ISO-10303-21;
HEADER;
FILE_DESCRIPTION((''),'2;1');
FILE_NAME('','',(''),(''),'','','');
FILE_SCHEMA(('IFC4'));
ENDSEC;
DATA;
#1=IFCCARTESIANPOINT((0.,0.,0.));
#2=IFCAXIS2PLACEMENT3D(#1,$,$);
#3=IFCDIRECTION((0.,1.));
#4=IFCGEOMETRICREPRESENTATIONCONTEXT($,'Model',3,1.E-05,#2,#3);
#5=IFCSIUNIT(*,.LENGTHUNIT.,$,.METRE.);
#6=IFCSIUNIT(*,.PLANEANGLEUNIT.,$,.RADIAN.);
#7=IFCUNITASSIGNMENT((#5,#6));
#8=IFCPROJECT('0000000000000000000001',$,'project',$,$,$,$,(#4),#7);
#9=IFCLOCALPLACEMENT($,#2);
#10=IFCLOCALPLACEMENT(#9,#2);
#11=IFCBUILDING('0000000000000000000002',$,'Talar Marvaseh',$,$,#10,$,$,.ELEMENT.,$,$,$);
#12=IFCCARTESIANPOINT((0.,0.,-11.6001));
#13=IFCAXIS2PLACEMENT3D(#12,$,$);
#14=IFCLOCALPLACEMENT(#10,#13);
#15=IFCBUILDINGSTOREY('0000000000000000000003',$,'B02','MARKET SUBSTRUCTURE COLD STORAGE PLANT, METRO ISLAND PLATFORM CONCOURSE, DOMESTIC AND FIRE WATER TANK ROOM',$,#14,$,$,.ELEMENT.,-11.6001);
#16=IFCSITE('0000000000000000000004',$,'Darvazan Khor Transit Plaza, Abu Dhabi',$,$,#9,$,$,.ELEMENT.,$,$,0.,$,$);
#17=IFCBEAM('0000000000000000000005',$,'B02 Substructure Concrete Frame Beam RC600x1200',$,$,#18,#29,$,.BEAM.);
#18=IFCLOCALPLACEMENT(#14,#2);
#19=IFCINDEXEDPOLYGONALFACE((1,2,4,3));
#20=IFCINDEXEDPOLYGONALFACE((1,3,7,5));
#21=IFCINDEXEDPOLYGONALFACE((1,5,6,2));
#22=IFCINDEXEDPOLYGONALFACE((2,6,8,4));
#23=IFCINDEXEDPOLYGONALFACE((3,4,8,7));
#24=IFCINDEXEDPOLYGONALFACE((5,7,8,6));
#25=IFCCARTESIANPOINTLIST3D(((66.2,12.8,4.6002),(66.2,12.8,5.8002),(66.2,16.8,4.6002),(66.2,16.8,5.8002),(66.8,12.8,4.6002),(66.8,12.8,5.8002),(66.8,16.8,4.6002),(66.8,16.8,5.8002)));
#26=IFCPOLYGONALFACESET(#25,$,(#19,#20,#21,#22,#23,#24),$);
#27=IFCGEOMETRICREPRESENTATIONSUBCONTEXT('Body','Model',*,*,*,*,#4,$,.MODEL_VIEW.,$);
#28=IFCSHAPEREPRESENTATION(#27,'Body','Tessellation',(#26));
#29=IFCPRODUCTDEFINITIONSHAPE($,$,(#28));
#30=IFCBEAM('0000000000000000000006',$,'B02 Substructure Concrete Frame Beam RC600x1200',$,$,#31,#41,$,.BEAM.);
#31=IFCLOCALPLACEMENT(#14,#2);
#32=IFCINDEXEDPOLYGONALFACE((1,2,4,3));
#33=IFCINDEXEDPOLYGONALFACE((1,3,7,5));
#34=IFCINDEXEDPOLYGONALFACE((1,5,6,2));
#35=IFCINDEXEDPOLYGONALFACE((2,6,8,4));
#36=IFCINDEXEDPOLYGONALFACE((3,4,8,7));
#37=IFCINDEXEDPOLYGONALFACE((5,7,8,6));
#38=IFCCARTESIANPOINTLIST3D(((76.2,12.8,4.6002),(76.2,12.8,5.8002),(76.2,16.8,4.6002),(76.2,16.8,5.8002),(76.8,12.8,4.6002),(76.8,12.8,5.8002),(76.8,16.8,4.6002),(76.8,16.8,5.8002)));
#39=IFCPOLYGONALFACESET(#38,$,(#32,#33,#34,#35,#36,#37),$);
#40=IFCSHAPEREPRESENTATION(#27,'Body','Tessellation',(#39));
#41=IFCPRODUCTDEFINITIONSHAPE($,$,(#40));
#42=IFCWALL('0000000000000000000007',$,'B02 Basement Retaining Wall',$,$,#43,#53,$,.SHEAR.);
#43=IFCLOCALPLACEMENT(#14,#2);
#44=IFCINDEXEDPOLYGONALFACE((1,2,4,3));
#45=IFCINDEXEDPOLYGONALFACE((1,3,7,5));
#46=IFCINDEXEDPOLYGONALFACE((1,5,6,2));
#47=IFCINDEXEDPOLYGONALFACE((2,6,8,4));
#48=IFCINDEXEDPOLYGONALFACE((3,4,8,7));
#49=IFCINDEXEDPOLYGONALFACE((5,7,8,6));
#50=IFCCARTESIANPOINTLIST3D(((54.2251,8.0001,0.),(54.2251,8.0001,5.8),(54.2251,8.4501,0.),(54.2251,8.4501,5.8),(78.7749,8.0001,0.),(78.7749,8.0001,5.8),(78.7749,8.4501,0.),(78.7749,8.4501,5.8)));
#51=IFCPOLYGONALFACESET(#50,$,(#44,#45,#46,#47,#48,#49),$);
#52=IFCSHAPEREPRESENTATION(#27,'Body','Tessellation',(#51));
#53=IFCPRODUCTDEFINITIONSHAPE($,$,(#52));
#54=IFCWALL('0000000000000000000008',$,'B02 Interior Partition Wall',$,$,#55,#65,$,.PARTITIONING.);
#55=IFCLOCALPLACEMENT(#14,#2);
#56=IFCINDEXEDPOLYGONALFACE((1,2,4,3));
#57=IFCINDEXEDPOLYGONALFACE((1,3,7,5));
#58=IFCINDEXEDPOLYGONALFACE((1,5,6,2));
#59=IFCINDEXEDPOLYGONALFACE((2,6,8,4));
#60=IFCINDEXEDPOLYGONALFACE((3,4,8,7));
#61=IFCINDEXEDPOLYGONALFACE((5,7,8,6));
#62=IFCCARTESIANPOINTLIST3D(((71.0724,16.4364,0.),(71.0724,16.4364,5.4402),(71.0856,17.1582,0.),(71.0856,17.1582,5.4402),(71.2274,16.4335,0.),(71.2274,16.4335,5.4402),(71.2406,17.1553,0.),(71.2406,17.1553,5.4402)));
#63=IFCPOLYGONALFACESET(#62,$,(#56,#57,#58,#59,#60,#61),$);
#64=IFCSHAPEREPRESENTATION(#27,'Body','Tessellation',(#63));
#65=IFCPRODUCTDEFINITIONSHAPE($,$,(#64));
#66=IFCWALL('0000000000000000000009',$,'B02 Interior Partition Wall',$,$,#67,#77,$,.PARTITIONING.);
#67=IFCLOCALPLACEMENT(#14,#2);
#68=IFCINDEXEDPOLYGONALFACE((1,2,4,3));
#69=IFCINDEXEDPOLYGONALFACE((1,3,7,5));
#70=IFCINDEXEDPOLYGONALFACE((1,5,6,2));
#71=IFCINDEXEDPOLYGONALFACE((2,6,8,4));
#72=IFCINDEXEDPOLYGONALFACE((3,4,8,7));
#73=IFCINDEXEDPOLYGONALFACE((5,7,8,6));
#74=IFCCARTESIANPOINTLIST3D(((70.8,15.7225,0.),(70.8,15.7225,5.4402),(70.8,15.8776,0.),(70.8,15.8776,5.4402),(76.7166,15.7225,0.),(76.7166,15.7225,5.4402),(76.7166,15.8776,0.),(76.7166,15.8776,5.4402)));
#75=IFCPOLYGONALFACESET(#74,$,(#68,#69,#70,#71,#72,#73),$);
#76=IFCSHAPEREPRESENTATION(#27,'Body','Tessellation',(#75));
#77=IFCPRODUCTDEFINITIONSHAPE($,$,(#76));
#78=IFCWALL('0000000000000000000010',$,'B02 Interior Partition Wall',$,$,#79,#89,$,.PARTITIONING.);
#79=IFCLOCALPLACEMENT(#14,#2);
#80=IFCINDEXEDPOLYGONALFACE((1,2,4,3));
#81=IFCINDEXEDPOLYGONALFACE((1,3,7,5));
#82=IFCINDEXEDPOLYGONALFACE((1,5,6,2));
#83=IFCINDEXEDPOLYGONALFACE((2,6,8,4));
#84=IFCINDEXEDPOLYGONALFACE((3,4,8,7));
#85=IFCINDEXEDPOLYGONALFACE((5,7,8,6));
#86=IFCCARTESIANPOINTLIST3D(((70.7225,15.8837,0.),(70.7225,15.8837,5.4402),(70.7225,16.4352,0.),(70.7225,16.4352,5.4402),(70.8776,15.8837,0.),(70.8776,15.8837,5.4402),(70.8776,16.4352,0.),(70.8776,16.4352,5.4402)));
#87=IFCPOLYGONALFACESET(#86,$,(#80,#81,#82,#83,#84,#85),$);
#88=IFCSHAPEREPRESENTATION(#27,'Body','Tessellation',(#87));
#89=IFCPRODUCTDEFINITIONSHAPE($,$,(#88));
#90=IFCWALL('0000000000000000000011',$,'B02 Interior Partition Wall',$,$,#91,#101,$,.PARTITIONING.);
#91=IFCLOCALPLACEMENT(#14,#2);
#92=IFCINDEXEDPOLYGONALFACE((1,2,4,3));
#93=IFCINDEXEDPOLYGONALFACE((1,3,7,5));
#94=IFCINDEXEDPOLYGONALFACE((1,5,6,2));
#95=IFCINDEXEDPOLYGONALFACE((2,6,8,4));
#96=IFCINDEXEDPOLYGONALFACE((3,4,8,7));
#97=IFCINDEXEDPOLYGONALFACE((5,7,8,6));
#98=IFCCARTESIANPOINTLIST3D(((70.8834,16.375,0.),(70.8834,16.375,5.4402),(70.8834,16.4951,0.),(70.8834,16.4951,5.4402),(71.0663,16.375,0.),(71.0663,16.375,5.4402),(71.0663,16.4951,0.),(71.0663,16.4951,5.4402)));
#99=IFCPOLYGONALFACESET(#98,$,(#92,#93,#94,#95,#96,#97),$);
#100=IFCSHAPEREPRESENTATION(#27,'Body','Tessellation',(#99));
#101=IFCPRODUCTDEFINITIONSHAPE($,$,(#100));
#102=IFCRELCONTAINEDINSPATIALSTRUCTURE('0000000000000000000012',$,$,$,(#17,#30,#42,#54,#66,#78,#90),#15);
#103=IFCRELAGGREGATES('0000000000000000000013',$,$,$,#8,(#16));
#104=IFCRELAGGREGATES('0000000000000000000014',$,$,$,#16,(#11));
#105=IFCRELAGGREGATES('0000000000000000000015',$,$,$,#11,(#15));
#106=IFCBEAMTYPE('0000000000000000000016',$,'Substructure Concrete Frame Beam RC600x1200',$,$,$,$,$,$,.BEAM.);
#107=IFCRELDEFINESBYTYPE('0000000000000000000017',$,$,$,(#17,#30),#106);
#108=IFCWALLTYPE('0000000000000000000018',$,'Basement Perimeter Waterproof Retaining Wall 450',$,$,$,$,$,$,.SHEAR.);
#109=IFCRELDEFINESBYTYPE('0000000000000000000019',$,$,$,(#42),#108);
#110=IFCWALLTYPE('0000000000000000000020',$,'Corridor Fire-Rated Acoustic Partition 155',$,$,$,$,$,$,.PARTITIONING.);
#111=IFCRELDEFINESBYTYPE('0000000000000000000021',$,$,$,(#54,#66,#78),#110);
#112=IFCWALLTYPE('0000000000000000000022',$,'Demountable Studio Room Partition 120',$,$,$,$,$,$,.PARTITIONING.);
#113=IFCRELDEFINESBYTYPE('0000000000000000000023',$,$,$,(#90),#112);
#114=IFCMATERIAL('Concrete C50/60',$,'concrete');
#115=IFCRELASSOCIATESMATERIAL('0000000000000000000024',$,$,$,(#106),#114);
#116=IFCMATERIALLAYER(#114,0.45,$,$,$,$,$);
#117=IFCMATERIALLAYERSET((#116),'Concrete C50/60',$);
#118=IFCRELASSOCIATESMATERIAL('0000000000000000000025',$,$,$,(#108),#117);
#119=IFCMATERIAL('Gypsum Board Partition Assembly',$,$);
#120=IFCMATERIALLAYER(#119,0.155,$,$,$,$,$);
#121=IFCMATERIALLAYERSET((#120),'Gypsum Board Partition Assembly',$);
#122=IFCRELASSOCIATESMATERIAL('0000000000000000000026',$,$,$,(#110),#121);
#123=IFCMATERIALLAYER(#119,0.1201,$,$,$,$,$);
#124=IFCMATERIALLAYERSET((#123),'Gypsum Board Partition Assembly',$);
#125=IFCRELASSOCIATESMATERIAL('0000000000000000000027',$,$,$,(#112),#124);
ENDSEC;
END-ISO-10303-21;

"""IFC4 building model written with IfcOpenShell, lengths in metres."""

from ifc_helpers import new_model, si_unit, direction, frame, frame_2d, origin, origin_2d, place, context, subcontext, project, spatial, rectangle, extrude, material, layer, layer_set, material_profile, profile_set, type_object, element, save


model = new_model("IFC4")

# Units and contexts
model_context = context("Model", 3, precision=1e-05, world=origin(), true_north=direction((0.0, 1.0)))
body_context = subcontext(model_context, "Body", "Model", "MODEL_VIEW")
ifc_project = project(units=[si_unit("LENGTHUNIT", "METRE"), si_unit("PLANEANGLEUNIT", "RADIAN")], contexts=[model_context])

# Site, building, storey
site_placement = place(None, origin())
site = spatial("IfcSite", under=ifc_project, at=site_placement, Name="Darvazan Khor Transit Plaza, Abu Dhabi", CompositionType="ELEMENT", RefElevation=0.0)
building_placement = place(site_placement, origin())
building = spatial("IfcBuilding", under=site, at=building_placement, Name="Talar Marvaseh", CompositionType="ELEMENT")
storey_placement = place(building_placement, frame((0.0, 0.0, -11.6001)))
storey = spatial("IfcBuildingStorey", under=building, at=storey_placement, Name="B02", Description="MARKET SUBSTRUCTURE COLD STORAGE PLANT, METRO ISLAND PLATFORM CONCOURSE, DOMESTIC AND FIRE WATER TANK ROOM", CompositionType="ELEMENT", Elevation=-11.6001)

# Shared definitions
ifc_material_1 = material(Name="Concrete C50/60", Category="concrete")

# Beams
ifc_material_profile_1 = material_profile(ifc_material_1, rectangle(XDim=0.6001, YDim=1.2, at=origin_2d()), Name="RC600x1200")
ifc_profile_set_1 = profile_set([ifc_material_profile_1], Name="Concrete C50/60")
beam_type_1 = type_object("IfcBeamType", Name="Substructure Concrete Frame Beam RC600x1200", PredefinedType="BEAM", material=ifc_profile_set_1)
for number, where, z_axis, x_axis, name in (
    (1, (66.5, 12.8, 5.2002), (0.0, 1.0, 0.0), (-1.0, 0.0, 0.0), "B02 Substructure Concrete Frame Beam RC600x1200"),
    (2, (76.5, 12.8, 5.2002), (0.0, 1.0, 0.0), (-1.0, 0.0, 0.0), "B02 Substructure Concrete Frame Beam RC600x1200"),
):
    element("IfcBeam", number, at=place(storey_placement, frame(where, z_axis=z_axis, x_axis=x_axis)), inside=storey, type_object=beam_type_1, Name=name, PredefinedType="BEAM", context=body_context, shape_type="SweptSolid", body=[
        extrude(rectangle(XDim=0.6001, YDim=1.2, at=origin_2d()), origin(), (0.0, 0.0, 1.0), 4.0),
    ])

# Walls
ifc_layer_1 = layer(ifc_material_1, 0.45)
ifc_layer_set_1 = layer_set([ifc_layer_1], Name="Concrete C50/60")
wall_type_1 = type_object("IfcWallType", Name="Basement Perimeter Waterproof Retaining Wall 450", PredefinedType="SHEAR", material=ifc_layer_set_1)
wall_1_placement = place(storey_placement, frame((78.7749, 8.2251, 0.0), z_axis=(0.0, 0.0, 1.0), x_axis=(-1.0, 0.0, 0.0)))
element("IfcWall", 3, at=wall_1_placement, inside=storey, type_object=wall_type_1, Name="B02 Basement Retaining Wall", PredefinedType="SHEAR", context=body_context, shape_type="SweptSolid", body=[
    extrude(rectangle(XDim=24.5498, YDim=0.45, at=frame_2d((12.2749, 0.0))), origin(), (0.0, 0.0, 1.0), 5.8),
])
ifc_material_2 = material(Name="Gypsum Board Partition Assembly")
ifc_layer_2 = layer(ifc_material_2, 0.155)
ifc_layer_set_2 = layer_set([ifc_layer_2], Name="Gypsum Board Partition Assembly")
wall_type_2 = type_object("IfcWallType", Name="Corridor Fire-Rated Acoustic Partition 155", PredefinedType="PARTITIONING", material=ifc_layer_set_2)
wall_2_placement = place(storey_placement, frame((71.1499, 16.4351, 0.0), z_axis=(0.0, 0.0, 1.0), x_axis=(0.018259, 0.999833, 0.0)))
element("IfcWall", 4, at=wall_2_placement, inside=storey, type_object=wall_type_2, Name="B02 Interior Partition Wall", PredefinedType="PARTITIONING", context=body_context, shape_type="SweptSolid", body=[
    extrude(rectangle(XDim=0.7219, YDim=0.155, at=frame_2d((0.3608, 0.0))), origin(), (0.0, 0.0, 1.0), 5.4402),
])
wall_3_placement = place(storey_placement, frame((76.7166, 15.8, 0.0), z_axis=(0.0, 0.0, 1.0), x_axis=(-1.0, 0.0, 0.0)))
element("IfcWall", 5, at=wall_3_placement, inside=storey, type_object=wall_type_2, Name="B02 Interior Partition Wall", PredefinedType="PARTITIONING", context=body_context, shape_type="SweptSolid", body=[
    extrude(rectangle(XDim=5.9165, YDim=0.155, at=frame_2d((2.9583, 0.0))), origin(), (0.0, 0.0, 1.0), 5.4402),
])
wall_4_placement = place(storey_placement, frame((70.8, 15.8835, 0.0), z_axis=(0.0, 0.0, 1.0), x_axis=(0.0, 1.0, 0.0)))
element("IfcWall", 6, at=wall_4_placement, inside=storey, type_object=wall_type_2, Name="B02 Interior Partition Wall", PredefinedType="PARTITIONING", context=body_context, shape_type="SweptSolid", body=[
    extrude(rectangle(XDim=0.5515, YDim=0.155, at=frame_2d((0.2759, 0.0))), origin(), (0.0, 0.0, 1.0), 5.4402),
])
ifc_layer_3 = layer(ifc_material_2, 0.1201)
ifc_layer_set_3 = layer_set([ifc_layer_3], Name="Gypsum Board Partition Assembly")
wall_type_3 = type_object("IfcWallType", Name="Demountable Studio Room Partition 120", PredefinedType="PARTITIONING", material=ifc_layer_set_3)
wall_5_placement = place(storey_placement, frame((70.8835, 16.4351, 0.0), z_axis=(0.0, 0.0, 1.0), x_axis=(1.0, 0.0, 0.0)))
element("IfcWall", 7, at=wall_5_placement, inside=storey, type_object=wall_type_3, Name="B02 Interior Partition Wall", PredefinedType="PARTITIONING", context=body_context, shape_type="SweptSolid", body=[
    extrude(rectangle(XDim=0.1829, YDim=0.1201, at=frame_2d((0.0913, 0.0))), origin(), (0.0, 0.0, 1.0), 5.4402),
])

save(model, "model.ifc")
